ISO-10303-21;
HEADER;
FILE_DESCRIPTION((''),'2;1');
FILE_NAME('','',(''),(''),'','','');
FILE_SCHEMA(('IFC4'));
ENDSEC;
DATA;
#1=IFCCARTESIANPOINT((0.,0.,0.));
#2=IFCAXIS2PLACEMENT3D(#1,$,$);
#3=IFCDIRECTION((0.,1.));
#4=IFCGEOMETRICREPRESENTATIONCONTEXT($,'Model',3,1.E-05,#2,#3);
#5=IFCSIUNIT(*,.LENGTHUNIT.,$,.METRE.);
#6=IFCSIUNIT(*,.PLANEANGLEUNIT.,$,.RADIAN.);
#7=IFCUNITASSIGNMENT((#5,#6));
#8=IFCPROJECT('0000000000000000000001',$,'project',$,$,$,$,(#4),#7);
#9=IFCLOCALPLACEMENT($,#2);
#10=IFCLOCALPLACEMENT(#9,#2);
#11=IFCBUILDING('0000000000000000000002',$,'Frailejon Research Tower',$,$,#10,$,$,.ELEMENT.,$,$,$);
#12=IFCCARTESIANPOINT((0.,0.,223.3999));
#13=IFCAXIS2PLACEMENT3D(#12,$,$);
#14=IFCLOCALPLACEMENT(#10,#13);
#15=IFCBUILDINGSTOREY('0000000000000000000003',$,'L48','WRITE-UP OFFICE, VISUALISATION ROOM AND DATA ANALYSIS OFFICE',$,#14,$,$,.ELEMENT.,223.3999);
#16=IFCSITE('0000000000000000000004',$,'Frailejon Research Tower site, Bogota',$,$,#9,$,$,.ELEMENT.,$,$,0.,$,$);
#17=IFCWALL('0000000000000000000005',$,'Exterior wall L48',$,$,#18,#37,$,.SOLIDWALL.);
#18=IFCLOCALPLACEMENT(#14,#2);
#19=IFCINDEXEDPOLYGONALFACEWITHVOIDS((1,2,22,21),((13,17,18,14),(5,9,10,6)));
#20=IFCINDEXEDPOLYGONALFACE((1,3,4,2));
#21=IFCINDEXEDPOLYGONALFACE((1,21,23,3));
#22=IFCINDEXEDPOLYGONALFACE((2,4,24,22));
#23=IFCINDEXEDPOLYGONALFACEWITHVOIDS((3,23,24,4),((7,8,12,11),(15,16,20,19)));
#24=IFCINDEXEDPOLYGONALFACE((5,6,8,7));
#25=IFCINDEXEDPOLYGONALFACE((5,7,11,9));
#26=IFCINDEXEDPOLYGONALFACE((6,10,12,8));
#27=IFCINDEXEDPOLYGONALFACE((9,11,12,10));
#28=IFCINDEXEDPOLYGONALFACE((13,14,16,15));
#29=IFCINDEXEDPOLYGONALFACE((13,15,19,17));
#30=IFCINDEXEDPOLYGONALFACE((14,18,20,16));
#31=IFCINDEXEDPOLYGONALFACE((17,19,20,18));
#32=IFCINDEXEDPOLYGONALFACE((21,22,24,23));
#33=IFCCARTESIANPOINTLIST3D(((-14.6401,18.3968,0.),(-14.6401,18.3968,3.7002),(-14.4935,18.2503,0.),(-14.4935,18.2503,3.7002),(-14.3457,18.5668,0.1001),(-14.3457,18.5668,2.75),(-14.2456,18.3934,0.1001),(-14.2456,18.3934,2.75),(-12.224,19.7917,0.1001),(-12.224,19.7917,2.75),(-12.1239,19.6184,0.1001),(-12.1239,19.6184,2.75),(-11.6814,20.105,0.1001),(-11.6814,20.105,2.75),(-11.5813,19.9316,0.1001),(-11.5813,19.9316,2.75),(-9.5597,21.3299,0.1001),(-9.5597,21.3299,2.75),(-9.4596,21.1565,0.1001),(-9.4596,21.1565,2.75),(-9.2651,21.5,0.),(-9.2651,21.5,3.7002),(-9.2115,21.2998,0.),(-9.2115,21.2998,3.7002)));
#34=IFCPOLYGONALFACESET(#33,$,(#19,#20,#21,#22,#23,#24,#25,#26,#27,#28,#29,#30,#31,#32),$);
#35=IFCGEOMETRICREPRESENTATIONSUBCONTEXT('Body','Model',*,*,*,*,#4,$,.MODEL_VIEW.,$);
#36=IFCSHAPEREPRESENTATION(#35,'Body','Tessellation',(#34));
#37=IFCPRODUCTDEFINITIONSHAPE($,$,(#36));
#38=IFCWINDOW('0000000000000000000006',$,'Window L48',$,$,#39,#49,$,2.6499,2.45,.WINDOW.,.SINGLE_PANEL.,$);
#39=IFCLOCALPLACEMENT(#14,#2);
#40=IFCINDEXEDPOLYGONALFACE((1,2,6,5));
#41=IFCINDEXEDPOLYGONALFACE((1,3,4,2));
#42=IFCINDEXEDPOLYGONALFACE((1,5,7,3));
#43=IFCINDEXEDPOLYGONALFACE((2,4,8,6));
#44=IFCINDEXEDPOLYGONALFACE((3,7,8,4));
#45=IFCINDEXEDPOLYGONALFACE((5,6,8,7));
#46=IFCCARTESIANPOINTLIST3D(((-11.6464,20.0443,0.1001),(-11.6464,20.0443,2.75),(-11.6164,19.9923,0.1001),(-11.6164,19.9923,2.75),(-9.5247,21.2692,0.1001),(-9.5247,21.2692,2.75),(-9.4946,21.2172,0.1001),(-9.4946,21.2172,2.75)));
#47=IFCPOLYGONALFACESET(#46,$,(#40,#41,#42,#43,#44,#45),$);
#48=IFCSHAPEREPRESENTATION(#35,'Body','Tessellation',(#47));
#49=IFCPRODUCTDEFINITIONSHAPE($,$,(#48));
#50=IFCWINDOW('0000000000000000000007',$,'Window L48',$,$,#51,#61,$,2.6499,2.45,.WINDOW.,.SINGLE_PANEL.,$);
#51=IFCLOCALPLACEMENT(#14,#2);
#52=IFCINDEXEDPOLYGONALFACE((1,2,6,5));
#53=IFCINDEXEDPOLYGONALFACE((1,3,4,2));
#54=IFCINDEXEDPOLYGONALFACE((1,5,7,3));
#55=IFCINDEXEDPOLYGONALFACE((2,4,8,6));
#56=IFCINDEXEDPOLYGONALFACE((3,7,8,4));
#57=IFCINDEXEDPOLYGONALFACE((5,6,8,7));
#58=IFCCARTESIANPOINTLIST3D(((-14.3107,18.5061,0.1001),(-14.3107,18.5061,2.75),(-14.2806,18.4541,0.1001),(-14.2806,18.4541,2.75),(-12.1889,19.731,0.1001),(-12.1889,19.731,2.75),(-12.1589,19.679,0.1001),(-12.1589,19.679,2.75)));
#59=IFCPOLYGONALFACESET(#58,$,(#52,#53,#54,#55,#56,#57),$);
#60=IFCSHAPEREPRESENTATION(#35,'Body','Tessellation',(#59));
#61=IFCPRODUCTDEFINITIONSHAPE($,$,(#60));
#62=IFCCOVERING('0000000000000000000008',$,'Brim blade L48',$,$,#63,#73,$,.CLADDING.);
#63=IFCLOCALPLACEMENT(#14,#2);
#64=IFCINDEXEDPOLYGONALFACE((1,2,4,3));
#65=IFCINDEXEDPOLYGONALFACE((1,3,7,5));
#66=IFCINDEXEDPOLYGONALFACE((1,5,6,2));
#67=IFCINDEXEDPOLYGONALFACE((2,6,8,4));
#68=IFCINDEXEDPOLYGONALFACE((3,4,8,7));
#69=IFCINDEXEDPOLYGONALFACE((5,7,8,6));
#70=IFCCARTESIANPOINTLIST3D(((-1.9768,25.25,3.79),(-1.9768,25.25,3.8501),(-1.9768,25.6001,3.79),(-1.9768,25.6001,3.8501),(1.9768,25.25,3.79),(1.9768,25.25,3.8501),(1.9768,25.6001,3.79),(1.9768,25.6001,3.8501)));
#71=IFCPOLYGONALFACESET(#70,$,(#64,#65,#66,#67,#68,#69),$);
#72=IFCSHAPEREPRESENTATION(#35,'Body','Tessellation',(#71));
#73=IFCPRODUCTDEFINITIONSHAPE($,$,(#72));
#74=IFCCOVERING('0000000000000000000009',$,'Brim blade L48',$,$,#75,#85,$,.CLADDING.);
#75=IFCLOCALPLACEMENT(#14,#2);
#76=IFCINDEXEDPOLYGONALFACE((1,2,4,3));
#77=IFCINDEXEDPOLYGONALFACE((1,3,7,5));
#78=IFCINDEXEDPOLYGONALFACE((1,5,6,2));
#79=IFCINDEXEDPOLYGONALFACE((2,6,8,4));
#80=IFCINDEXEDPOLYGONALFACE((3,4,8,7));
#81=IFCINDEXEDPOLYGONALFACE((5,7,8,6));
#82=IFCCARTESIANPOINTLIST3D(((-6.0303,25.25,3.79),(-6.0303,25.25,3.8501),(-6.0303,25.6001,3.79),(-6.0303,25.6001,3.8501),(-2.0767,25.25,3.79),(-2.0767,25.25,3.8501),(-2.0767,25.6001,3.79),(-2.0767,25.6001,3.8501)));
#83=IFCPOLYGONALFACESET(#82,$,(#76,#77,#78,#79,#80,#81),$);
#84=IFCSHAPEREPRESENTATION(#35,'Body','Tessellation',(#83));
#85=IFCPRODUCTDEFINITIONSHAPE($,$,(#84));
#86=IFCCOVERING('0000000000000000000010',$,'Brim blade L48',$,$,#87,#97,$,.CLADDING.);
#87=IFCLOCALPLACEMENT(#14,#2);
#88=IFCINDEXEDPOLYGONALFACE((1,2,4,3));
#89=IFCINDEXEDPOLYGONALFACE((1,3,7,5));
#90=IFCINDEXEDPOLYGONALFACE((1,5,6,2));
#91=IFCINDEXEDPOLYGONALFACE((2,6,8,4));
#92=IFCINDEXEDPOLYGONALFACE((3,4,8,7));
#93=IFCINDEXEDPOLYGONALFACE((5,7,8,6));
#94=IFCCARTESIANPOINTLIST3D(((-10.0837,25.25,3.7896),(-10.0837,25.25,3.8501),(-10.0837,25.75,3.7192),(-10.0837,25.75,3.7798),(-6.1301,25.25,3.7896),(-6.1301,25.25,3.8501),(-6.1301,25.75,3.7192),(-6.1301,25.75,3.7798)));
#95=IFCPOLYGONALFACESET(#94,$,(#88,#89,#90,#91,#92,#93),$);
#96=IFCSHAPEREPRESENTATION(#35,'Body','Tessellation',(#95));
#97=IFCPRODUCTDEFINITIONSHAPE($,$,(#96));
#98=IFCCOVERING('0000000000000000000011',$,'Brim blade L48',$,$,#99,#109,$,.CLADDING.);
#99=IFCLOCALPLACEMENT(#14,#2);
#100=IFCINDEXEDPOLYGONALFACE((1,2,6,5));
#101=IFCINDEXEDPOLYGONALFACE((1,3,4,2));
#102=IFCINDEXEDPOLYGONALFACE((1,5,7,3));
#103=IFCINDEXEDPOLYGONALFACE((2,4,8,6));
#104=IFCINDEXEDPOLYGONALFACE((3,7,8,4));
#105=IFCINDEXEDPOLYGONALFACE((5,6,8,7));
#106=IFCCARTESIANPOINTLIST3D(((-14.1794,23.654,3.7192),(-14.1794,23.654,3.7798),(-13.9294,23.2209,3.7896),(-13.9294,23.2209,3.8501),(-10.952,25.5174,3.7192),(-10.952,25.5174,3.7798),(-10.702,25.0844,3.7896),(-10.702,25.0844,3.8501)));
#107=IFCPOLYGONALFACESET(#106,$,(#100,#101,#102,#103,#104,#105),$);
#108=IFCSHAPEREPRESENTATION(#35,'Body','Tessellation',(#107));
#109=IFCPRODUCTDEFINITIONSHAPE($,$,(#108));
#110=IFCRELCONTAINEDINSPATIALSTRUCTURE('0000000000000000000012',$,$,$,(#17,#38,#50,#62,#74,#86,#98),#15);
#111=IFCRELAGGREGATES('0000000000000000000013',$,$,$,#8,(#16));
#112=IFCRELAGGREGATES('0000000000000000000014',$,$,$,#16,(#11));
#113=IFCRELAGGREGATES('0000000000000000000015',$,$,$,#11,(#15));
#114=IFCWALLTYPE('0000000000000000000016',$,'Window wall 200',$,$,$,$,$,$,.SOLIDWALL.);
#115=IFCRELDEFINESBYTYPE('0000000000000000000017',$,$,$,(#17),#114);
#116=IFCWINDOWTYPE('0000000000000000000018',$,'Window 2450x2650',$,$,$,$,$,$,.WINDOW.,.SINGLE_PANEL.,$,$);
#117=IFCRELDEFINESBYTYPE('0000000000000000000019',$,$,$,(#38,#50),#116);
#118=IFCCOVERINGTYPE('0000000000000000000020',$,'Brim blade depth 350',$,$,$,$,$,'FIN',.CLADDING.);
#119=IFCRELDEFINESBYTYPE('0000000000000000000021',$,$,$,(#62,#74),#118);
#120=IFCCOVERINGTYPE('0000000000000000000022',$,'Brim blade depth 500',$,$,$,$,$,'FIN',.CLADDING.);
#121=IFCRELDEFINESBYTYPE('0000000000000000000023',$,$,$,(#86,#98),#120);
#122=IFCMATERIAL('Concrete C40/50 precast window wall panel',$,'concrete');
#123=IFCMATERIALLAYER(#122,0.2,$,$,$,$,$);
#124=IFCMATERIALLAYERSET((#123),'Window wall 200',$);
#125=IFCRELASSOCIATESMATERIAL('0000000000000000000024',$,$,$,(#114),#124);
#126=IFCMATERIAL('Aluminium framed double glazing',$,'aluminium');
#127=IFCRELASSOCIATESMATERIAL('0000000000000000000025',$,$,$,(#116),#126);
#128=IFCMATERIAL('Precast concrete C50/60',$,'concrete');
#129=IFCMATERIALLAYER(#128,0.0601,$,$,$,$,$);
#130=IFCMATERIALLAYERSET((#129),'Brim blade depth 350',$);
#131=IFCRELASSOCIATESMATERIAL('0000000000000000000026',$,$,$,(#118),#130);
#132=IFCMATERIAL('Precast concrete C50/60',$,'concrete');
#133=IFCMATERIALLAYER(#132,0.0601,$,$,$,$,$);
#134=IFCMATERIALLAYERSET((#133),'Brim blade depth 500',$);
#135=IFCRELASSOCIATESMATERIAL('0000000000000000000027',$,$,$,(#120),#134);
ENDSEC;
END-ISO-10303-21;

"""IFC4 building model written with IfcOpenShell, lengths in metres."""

from ifc_helpers import new_model, si_unit, direction, frame, frame_2d, origin, place, context, subcontext, project, spatial, polyline, rectangle, outline, extrude, material, layer, layer_set, type_object, element, fill, save


model = new_model("IFC4")

# Units and contexts
model_context = context("Model", 3, precision=1e-05, world=origin(), true_north=direction((0.0, 1.0)))
body_context = subcontext(model_context, "Body", "Model", "MODEL_VIEW")
ifc_project = project(units=[si_unit("LENGTHUNIT", "METRE"), si_unit("PLANEANGLEUNIT", "RADIAN")], contexts=[model_context])

# Site, building, storey
site_placement = place(None, origin())
site = spatial("IfcSite", under=ifc_project, at=site_placement, Name="Frailejon Research Tower site, Bogota", CompositionType="ELEMENT", RefElevation=0.0)
building_placement = place(site_placement, origin())
building = spatial("IfcBuilding", under=site, at=building_placement, Name="Frailejon Research Tower", CompositionType="ELEMENT")
storey_placement = place(building_placement, frame((0.0, 0.0, 223.3999)))
storey = spatial("IfcBuildingStorey", under=building, at=storey_placement, Name="L48", Description="WRITE-UP OFFICE, VISUALISATION ROOM AND DATA ANALYSIS OFFICE", CompositionType="ELEMENT", Elevation=223.3999)

# Wall, openings, windows
ifc_material_1 = material(Name="Concrete C40/50 precast window wall panel", Category="concrete")
ifc_layer_1 = layer(ifc_material_1, 0.2)
ifc_layer_set_1 = layer_set([ifc_layer_1], Name="Window wall 200")
wall_type = type_object("IfcWallType", Name="Window wall 200", PredefinedType="SOLIDWALL", material=ifc_layer_set_1)
wall_placement = place(storey_placement, frame((-9.2383, 21.3999, 0.0), z_axis=(0.0, 0.0, 1.0), x_axis=(-0.86603, -0.499993, 0.0)))
wall = element("IfcWall", 1, at=wall_placement, inside=storey, type_object=wall_type, Name="Exterior wall L48", PredefinedType="SOLIDWALL", context=body_context, shape_type="SweptSolid", body=[
    extrude(outline(polyline([(-0.0269, -0.1001), (1.0076, -0.1001), (2.042, -0.1001), (3.0764, -0.1001), (4.1108, -0.1001), (5.1453, -0.1001), (6.1797, -0.1001), (6.126, 0.1001), (5.1094, 0.1001), (4.093, 0.1001), (3.0764, 0.1001), (2.0598, 0.1001), (1.0435, 0.1001), (0.0269, 0.1001), (-0.0269, -0.1001)])), origin(), (0.0, 0.0, 1.0), 3.7002),
])
opening_1_placement = place(wall_placement, frame((0.3132, 0.0, 0.1001)))
opening_1 = element("IfcOpeningElement", 2, at=opening_1_placement, cuts=wall, PredefinedType="OPENING", context=body_context, shape_type="SweptSolid", body=[
    extrude(rectangle(XDim=2.45, YDim=2.6499, at=frame_2d((1.2251, 1.325))), frame((0.0, 0.1099, 0.0), z_axis=(0.0, -1.0, 0.0), x_axis=(1.0, 0.0, 0.0)), (0.0, 0.0, 1.0), 0.22),
])
opening_2_placement = place(wall_placement, frame((3.3896, 0.0, 0.1001)))
opening_2 = element("IfcOpeningElement", 3, at=opening_2_placement, cuts=wall, PredefinedType="OPENING", context=body_context, shape_type="SweptSolid", body=[
    extrude(rectangle(XDim=2.45, YDim=2.6499, at=frame_2d((1.2251, 1.325))), frame((0.0, 0.1099, 0.0), z_axis=(0.0, -1.0, 0.0), x_axis=(1.0, 0.0, 0.0)), (0.0, 0.0, 1.0), 0.22),
])
ifc_material_2 = material(Name="Aluminium framed double glazing", Category="aluminium")
window_type = type_object("IfcWindowType", Name="Window 2450x2650", PartitioningType="SINGLE_PANEL", PredefinedType="WINDOW", material=ifc_material_2)
window_1_placement = place(opening_1_placement, origin())
window_1 = element("IfcWindow", 4, at=window_1_placement, inside=storey, type_object=window_type, Name="Window L48", OverallHeight=2.6499, OverallWidth=2.45, PartitioningType="SINGLE_PANEL", PredefinedType="WINDOW", context=body_context, shape_type="SweptSolid", body=[
    extrude(rectangle(XDim=2.45, YDim=2.6499, at=frame_2d((1.2251, 1.325))), frame((0.0, 0.03, 0.0), z_axis=(0.0, -1.0, 0.0), x_axis=(1.0, 0.0, 0.0)), (0.0, 0.0, 1.0), 0.0601),
])
fill(opening_1, window_1)
window_2_placement = place(opening_2_placement, origin())
window_2 = element("IfcWindow", 5, at=window_2_placement, inside=storey, type_object=window_type, Name="Window L48", OverallHeight=2.6499, OverallWidth=2.45, PartitioningType="SINGLE_PANEL", PredefinedType="WINDOW", context=body_context, shape_type="SweptSolid", body=[
    extrude(rectangle(XDim=2.45, YDim=2.6499, at=frame_2d((1.2251, 1.325))), frame((0.0, 0.03, 0.0), z_axis=(0.0, -1.0, 0.0), x_axis=(1.0, 0.0, 0.0)), (0.0, 0.0, 1.0), 0.0601),
])
fill(opening_2, window_2)

# Coverings
ifc_material_3 = material(Name="Precast concrete C50/60", Category="concrete")
ifc_layer_2 = layer(ifc_material_3, 0.0601)
ifc_layer_set_2 = layer_set([ifc_layer_2], Name="Brim blade depth 350")
covering_type_1 = type_object("IfcCoveringType", Name="Brim blade depth 350", ElementType="FIN", PredefinedType="CLADDING", material=ifc_layer_set_2)
for number, where, z_axis, x_axis, name in (
    (6, (-1.9768, 25.25, 3.8501), (1.0, 0.0, 0.0), (0.0, 1.0, 0.0), "Brim blade L48"),
    (7, (-6.0303, 25.25, 3.8501), (1.0, 0.0, 0.0), (0.0, 1.0, 0.0), "Brim blade L48"),
):
    element("IfcCovering", number, at=place(storey_placement, frame(where, z_axis=z_axis, x_axis=x_axis)), inside=storey, type_object=covering_type_1, Name=name, PredefinedType="CLADDING", context=body_context, shape_type="SweptSolid", body=[
        extrude(outline(polyline([(0.0, -0.0601), (0.3501, -0.0601), (0.3501, 0.0), (0.0, 0.0), (0.0, -0.0601)])), origin(), (0.0, 0.0, 1.0), 3.9536),
    ])
ifc_material_4 = material(Name="Precast concrete C50/60", Category="concrete")
ifc_layer_3 = layer(ifc_material_4, 0.0601)
ifc_layer_set_3 = layer_set([ifc_layer_3], Name="Brim blade depth 500")
covering_type_2 = type_object("IfcCoveringType", Name="Brim blade depth 500", ElementType="FIN", PredefinedType="CLADDING", material=ifc_layer_set_3)
covering_1_placement = place(storey_placement, frame((-10.0837, 25.25, 3.8501), z_axis=(1.0, 0.0, 0.0), x_axis=(0.0, 1.0, 0.0)))
element("IfcCovering", 8, at=covering_1_placement, inside=storey, type_object=covering_type_2, Name="Brim blade L48", PredefinedType="CLADDING", context=body_context, shape_type="SweptSolid", body=[
    extrude(outline(polyline([(0.0, -0.0605), (0.5, -0.1309), (0.5, -0.0703), (0.0, 0.0), (0.0, -0.0605)])), origin(), (0.0, 0.0, 1.0), 3.9536),
])
covering_2_placement = place(storey_placement, frame((-13.9294, 23.2209, 3.8501), z_axis=(0.866018, 0.500012, 0.0), x_axis=(-0.500012, 0.866018, 0.0)))
element("IfcCovering", 9, at=covering_2_placement, inside=storey, type_object=covering_type_2, Name="Brim blade L48", PredefinedType="CLADDING", context=body_context, shape_type="SweptSolid", body=[
    extrude(outline(polyline([(0.0, -0.0605), (0.5, -0.1309), (0.5, -0.0703), (0.0, 0.0), (0.0, -0.0605)])), origin(), (0.0, 0.0, 1.0), 3.7268),
])

save(model, "model.ifc")
